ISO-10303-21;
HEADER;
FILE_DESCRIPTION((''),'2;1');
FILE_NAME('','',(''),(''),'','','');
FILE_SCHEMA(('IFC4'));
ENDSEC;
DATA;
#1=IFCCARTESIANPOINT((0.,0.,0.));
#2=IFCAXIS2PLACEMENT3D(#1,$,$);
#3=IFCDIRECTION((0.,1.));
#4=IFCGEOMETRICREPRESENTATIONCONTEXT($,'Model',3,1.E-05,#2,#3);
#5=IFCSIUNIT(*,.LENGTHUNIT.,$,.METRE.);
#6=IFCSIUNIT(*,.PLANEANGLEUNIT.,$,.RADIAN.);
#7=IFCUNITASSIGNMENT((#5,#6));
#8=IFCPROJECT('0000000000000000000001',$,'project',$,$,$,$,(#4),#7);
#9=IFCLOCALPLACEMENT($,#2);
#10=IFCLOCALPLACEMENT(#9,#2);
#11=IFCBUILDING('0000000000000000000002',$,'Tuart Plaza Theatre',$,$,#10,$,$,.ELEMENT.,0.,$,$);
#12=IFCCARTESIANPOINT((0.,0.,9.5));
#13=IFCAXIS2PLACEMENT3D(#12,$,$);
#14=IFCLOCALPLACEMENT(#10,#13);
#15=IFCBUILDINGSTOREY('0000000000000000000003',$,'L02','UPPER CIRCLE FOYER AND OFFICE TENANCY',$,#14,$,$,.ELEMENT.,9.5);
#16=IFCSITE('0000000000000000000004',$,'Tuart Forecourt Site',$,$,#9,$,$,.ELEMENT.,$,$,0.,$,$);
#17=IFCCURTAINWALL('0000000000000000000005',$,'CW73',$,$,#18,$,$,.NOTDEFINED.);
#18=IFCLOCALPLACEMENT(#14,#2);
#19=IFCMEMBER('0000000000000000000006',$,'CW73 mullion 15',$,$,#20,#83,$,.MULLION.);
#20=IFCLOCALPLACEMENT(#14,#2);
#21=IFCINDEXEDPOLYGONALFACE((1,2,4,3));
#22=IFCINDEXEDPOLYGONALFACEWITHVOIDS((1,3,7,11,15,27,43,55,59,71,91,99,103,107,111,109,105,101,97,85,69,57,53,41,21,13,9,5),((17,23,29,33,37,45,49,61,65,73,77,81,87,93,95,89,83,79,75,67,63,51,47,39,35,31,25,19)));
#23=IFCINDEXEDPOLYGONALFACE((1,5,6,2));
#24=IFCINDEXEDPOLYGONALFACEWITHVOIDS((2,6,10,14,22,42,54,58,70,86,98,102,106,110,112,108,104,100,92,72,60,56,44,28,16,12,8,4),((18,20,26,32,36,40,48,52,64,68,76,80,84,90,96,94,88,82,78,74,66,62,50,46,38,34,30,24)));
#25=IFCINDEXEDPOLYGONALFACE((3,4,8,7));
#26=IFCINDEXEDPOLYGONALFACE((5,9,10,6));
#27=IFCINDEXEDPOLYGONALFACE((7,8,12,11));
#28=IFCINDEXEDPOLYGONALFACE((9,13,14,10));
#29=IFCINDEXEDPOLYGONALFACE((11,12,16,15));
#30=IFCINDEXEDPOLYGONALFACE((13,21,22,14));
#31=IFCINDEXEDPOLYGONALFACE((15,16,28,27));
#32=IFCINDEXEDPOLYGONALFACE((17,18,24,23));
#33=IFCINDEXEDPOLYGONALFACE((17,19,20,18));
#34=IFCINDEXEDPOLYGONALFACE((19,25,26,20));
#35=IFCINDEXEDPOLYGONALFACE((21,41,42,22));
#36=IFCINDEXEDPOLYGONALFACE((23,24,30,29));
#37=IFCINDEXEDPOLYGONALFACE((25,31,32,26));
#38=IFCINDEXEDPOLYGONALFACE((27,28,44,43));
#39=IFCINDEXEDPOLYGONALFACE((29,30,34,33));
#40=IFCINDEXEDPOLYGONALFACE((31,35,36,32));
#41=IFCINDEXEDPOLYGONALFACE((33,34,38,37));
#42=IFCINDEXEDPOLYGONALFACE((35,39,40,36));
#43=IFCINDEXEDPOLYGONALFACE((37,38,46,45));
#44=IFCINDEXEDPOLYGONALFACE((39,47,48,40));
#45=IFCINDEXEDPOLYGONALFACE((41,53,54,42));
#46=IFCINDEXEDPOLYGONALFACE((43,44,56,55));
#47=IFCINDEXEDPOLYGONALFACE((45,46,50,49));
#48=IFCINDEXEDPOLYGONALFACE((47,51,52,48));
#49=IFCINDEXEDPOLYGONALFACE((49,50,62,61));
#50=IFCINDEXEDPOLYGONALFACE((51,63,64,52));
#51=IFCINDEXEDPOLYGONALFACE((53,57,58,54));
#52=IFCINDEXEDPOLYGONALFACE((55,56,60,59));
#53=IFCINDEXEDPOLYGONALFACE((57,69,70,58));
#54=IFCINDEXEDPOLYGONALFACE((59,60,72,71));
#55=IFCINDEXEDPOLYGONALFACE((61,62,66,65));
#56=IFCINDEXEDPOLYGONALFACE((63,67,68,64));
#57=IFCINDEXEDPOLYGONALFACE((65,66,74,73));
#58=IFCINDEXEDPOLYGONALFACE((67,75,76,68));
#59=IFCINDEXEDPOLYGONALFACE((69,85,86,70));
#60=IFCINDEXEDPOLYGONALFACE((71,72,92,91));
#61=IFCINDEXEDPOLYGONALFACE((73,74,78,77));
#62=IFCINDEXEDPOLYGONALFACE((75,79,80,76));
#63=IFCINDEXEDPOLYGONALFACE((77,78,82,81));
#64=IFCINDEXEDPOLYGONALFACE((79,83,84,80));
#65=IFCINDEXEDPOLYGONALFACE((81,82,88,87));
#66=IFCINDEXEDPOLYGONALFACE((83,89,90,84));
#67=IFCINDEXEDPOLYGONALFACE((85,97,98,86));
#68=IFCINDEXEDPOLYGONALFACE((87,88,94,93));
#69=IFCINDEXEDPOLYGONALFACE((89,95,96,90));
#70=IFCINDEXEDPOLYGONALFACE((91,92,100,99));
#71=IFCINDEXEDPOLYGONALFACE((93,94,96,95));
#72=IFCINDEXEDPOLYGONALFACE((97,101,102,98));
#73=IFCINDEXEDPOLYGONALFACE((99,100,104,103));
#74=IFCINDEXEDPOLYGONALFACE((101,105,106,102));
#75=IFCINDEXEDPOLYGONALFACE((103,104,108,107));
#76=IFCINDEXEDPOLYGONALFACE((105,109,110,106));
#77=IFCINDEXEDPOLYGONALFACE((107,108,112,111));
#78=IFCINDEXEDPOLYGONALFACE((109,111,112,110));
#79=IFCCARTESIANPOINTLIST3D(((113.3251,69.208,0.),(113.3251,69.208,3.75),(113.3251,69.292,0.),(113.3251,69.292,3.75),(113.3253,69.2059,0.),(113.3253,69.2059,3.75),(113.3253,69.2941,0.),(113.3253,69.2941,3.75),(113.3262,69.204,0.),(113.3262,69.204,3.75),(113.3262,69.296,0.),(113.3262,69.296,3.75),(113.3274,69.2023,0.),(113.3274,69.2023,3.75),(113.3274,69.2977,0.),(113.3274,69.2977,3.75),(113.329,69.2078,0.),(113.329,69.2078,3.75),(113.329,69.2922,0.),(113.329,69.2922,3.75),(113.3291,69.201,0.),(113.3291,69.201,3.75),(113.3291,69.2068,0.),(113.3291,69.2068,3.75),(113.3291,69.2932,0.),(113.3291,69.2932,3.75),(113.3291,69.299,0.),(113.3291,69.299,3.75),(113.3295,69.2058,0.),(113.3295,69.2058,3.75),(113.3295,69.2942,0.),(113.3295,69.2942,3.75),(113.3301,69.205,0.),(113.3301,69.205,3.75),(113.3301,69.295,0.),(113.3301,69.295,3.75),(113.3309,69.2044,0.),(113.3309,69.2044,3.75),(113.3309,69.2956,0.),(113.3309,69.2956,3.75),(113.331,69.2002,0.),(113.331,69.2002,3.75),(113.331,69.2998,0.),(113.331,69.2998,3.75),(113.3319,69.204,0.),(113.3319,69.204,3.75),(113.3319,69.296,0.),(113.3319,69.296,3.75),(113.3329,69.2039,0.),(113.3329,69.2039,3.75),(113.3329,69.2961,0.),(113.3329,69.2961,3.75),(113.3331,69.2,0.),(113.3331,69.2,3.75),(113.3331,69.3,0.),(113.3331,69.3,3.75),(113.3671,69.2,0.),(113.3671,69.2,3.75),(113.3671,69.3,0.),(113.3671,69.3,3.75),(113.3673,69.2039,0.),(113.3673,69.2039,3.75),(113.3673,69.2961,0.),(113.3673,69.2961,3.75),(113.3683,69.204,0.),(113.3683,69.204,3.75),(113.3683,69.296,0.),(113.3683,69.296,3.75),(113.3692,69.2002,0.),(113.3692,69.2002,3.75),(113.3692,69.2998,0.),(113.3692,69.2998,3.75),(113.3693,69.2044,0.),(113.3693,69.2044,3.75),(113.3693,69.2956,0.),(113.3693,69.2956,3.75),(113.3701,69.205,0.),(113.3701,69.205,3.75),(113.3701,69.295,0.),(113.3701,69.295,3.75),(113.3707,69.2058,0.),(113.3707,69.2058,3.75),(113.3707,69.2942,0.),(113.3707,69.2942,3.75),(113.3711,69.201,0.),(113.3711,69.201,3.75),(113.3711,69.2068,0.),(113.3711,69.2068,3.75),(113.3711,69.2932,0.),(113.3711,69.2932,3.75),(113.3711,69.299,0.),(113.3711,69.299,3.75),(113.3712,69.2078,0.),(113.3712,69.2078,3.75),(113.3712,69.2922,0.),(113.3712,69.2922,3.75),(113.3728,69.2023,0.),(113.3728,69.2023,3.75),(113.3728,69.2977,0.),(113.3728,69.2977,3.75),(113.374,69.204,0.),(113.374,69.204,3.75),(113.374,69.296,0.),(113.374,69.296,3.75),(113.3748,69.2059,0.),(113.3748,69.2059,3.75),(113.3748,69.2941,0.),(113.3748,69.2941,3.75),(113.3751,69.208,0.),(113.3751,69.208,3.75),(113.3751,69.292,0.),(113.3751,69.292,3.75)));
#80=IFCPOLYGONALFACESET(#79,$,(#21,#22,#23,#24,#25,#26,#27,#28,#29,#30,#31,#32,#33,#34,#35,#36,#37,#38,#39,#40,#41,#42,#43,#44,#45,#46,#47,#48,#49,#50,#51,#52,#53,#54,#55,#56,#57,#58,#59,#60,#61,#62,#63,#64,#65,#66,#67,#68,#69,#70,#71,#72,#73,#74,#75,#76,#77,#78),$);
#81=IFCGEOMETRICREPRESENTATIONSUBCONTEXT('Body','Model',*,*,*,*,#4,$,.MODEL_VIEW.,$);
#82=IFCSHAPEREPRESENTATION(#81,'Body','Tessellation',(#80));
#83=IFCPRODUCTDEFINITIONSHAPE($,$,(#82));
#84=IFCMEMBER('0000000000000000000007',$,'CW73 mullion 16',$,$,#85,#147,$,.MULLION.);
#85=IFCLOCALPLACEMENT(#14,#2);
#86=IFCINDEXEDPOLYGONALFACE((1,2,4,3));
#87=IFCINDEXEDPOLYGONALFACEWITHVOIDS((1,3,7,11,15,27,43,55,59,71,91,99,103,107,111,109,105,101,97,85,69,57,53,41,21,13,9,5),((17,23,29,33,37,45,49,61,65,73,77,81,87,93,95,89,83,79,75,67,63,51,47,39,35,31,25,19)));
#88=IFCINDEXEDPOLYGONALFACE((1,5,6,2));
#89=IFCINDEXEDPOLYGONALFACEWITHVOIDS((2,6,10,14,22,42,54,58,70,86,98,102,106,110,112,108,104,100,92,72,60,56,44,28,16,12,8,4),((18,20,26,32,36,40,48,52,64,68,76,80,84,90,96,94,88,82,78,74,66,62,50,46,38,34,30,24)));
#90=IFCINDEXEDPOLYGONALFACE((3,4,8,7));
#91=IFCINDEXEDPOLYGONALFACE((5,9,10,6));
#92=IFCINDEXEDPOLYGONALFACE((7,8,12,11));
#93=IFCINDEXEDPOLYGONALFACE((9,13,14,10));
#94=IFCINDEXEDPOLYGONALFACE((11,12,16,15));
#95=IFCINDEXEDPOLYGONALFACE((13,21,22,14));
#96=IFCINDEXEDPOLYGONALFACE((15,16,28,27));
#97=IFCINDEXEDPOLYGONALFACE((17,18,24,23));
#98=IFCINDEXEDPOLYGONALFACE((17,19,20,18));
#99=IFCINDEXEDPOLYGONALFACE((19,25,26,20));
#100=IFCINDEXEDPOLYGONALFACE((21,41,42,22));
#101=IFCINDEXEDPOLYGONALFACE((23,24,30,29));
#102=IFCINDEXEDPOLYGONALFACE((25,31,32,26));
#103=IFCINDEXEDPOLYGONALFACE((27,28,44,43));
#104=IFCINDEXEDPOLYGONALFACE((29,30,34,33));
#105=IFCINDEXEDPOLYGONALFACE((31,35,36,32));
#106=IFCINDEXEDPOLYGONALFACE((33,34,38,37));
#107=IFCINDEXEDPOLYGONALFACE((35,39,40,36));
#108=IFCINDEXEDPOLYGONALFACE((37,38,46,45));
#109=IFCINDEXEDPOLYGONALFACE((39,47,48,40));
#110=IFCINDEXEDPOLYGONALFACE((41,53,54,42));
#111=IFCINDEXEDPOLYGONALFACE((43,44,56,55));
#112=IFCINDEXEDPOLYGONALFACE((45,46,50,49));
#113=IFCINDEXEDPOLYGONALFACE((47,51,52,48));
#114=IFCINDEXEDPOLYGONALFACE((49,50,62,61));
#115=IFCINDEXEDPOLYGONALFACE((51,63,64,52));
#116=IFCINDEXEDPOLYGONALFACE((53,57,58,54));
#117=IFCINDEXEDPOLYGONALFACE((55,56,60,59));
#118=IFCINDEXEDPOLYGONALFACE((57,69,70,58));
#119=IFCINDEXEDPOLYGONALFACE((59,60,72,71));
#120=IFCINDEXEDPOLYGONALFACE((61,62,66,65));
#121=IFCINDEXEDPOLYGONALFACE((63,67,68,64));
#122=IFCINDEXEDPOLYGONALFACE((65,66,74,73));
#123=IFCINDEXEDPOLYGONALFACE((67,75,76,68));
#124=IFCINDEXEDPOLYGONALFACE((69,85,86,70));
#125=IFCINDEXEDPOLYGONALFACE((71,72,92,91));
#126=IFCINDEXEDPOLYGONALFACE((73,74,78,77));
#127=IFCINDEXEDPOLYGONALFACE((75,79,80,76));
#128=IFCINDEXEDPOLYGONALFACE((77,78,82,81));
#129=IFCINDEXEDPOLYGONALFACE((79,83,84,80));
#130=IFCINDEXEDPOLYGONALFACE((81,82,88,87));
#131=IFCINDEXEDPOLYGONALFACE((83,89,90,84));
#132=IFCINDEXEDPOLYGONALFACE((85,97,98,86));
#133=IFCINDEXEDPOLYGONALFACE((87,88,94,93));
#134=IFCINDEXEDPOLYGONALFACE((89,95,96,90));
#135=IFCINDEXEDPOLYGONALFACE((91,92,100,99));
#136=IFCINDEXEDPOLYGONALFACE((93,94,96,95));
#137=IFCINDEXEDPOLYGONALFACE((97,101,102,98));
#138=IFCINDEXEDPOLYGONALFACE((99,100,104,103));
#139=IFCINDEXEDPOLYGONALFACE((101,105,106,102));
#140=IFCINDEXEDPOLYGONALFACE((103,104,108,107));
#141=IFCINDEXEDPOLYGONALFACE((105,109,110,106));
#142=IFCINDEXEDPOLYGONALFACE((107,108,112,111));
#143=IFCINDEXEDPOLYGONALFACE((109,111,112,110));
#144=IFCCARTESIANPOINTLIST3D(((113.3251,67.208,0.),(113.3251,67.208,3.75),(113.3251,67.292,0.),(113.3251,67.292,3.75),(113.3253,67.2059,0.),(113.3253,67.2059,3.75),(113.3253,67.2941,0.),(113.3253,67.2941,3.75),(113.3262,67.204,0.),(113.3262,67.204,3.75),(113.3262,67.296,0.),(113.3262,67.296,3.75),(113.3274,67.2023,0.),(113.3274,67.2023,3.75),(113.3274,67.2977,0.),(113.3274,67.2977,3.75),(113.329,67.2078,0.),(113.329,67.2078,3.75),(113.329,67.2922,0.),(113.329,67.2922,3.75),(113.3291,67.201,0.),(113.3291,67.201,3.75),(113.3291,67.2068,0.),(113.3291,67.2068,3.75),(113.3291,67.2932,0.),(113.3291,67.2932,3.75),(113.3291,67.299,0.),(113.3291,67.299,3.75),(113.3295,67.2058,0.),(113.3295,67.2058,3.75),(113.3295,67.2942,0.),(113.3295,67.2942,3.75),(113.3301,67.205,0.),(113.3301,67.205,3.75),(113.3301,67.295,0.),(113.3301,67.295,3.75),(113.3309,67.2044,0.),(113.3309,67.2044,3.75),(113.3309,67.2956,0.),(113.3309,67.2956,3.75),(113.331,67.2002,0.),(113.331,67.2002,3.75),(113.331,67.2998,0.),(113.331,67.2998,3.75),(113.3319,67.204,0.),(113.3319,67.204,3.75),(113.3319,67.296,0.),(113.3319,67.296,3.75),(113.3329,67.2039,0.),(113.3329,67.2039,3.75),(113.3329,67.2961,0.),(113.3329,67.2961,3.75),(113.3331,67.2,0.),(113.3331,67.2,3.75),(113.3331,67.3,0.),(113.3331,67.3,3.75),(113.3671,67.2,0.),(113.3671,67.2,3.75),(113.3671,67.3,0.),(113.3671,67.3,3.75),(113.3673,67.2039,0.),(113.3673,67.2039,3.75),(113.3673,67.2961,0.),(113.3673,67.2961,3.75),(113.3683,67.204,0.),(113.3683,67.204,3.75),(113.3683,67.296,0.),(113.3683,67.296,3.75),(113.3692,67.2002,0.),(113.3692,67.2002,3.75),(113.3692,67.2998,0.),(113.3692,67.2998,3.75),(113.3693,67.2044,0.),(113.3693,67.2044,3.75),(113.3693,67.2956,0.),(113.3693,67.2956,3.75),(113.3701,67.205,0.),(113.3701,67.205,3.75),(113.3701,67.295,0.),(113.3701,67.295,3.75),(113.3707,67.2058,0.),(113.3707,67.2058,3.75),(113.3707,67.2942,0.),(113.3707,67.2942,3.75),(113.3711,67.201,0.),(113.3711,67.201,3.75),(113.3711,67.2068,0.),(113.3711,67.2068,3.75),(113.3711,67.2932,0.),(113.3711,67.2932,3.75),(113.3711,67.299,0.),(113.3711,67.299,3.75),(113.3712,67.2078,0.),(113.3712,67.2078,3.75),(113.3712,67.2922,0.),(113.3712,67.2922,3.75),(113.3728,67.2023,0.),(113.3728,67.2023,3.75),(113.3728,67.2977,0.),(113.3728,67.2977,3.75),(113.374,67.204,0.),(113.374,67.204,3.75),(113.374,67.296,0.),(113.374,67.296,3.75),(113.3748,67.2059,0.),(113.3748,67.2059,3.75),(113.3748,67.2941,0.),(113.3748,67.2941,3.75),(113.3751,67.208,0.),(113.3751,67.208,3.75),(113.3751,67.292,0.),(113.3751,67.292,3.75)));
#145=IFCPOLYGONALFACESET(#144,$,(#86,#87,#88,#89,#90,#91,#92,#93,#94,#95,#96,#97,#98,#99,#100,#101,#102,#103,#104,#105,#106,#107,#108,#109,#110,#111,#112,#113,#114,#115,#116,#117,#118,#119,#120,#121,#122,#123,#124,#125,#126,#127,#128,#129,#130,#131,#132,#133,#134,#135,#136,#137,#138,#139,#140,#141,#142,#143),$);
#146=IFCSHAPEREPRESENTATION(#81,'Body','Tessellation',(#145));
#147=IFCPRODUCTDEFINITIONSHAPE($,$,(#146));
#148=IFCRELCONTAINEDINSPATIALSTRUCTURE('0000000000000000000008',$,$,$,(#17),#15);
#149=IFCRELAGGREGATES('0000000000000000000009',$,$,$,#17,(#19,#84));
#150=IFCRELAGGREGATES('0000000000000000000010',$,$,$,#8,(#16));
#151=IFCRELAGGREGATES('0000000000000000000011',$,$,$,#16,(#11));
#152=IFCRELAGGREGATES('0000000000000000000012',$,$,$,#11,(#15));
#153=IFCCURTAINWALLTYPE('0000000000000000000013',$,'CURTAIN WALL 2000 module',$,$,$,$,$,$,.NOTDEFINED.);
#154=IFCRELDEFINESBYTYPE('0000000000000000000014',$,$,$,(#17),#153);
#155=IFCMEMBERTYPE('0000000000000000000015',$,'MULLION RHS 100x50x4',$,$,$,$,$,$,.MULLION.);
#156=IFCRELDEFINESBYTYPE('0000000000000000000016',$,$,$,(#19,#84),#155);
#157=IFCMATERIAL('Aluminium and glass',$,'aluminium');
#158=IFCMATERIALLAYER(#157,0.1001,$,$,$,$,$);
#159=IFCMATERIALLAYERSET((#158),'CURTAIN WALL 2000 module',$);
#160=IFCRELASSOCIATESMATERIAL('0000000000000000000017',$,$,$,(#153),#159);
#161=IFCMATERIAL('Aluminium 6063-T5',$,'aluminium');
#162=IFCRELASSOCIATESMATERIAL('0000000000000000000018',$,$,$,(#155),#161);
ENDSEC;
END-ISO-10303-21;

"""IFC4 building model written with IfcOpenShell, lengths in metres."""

from ifc_helpers import new_model, si_unit, direction, frame, origin, origin_2d, place, context, subcontext, project, spatial, hollow_rectangle, extrude, material, layer, layer_set, material_profile, profile_set, type_object, element, aggregate, save


model = new_model("IFC4")

# Units and contexts
model_context = context("Model", 3, precision=1e-05, world=origin(), true_north=direction((0.0, 1.0)))
body_context = subcontext(model_context, "Body", "Model", "MODEL_VIEW")
ifc_project = project(units=[si_unit("LENGTHUNIT", "METRE"), si_unit("PLANEANGLEUNIT", "RADIAN")], contexts=[model_context])

# Site, building, storey
site_placement = place(None, origin())
site = spatial("IfcSite", under=ifc_project, at=site_placement, Name="Tuart Forecourt Site", CompositionType="ELEMENT", RefElevation=0.0)
building_placement = place(site_placement, origin())
building = spatial("IfcBuilding", under=site, at=building_placement, Name="Tuart Plaza Theatre", CompositionType="ELEMENT", ElevationOfRefHeight=0.0)
storey_placement = place(building_placement, frame((0.0, 0.0, 9.5)))
storey = spatial("IfcBuildingStorey", under=building, at=storey_placement, Name="L02", Description="UPPER CIRCLE FOYER AND OFFICE TENANCY", CompositionType="ELEMENT", Elevation=9.5)

# Curtain wall, members
ifc_material_1 = material(Name="Aluminium and glass", Category="aluminium")
ifc_layer_1 = layer(ifc_material_1, 0.1001)
ifc_layer_set_1 = layer_set([ifc_layer_1], Name="CURTAIN WALL 2000 module")
curtain_wall_type = type_object("IfcCurtainWallType", Name="CURTAIN WALL 2000 module", PredefinedType="NOTDEFINED", material=ifc_layer_set_1)
curtain_wall_placement = place(storey_placement, origin())
curtain_wall = element("IfcCurtainWall", 1, at=curtain_wall_placement, inside=storey, type_object=curtain_wall_type, Name="CW73", PredefinedType="NOTDEFINED")
ifc_material_2 = material(Name="Aluminium 6063-T5", Category="aluminium")
ifc_material_profile_1 = material_profile(ifc_material_2, hollow_rectangle(XDim=0.05, YDim=0.1001, WallThickness=0.0039, InnerFilletRadius=0.0039, OuterFilletRadius=0.0081, at=origin_2d()), Name="RHS 100x50x4")
ifc_profile_set_1 = profile_set([ifc_material_profile_1], Name="Aluminium 6063-T5")
member_type_1 = type_object("IfcMemberType", Name="MULLION RHS 100x50x4", PredefinedType="MULLION", material=ifc_profile_set_1)
member_1_placement = place(storey_placement, frame((113.3501, 69.25, 0.0), z_axis=(0.0, 0.0, 1.0), x_axis=(1.0, 0.0, 0.0)))
member_1 = element("IfcMember", 2, at=member_1_placement, type_object=member_type_1, Name="CW73 mullion 15", PredefinedType="MULLION", context=body_context, shape_type="SweptSolid", body=[
    extrude(hollow_rectangle(XDim=0.05, YDim=0.1001, WallThickness=0.0039, InnerFilletRadius=0.0039, OuterFilletRadius=0.0081, at=origin_2d()), origin(), (0.0, 0.0, 1.0), 3.75),
])
member_2_placement = place(storey_placement, frame((113.3501, 67.25, 0.0), z_axis=(0.0, 0.0, 1.0), x_axis=(1.0, 0.0, 0.0)))
member_2 = element("IfcMember", 3, at=member_2_placement, type_object=member_type_1, Name="CW73 mullion 16", PredefinedType="MULLION", context=body_context, shape_type="SweptSolid", body=[
    extrude(hollow_rectangle(XDim=0.05, YDim=0.1001, WallThickness=0.0039, InnerFilletRadius=0.0039, OuterFilletRadius=0.0081, at=origin_2d()), origin(), (0.0, 0.0, 1.0), 3.75),
])
aggregate(curtain_wall, [member_1, member_2])

save(model, "model.ifc")
